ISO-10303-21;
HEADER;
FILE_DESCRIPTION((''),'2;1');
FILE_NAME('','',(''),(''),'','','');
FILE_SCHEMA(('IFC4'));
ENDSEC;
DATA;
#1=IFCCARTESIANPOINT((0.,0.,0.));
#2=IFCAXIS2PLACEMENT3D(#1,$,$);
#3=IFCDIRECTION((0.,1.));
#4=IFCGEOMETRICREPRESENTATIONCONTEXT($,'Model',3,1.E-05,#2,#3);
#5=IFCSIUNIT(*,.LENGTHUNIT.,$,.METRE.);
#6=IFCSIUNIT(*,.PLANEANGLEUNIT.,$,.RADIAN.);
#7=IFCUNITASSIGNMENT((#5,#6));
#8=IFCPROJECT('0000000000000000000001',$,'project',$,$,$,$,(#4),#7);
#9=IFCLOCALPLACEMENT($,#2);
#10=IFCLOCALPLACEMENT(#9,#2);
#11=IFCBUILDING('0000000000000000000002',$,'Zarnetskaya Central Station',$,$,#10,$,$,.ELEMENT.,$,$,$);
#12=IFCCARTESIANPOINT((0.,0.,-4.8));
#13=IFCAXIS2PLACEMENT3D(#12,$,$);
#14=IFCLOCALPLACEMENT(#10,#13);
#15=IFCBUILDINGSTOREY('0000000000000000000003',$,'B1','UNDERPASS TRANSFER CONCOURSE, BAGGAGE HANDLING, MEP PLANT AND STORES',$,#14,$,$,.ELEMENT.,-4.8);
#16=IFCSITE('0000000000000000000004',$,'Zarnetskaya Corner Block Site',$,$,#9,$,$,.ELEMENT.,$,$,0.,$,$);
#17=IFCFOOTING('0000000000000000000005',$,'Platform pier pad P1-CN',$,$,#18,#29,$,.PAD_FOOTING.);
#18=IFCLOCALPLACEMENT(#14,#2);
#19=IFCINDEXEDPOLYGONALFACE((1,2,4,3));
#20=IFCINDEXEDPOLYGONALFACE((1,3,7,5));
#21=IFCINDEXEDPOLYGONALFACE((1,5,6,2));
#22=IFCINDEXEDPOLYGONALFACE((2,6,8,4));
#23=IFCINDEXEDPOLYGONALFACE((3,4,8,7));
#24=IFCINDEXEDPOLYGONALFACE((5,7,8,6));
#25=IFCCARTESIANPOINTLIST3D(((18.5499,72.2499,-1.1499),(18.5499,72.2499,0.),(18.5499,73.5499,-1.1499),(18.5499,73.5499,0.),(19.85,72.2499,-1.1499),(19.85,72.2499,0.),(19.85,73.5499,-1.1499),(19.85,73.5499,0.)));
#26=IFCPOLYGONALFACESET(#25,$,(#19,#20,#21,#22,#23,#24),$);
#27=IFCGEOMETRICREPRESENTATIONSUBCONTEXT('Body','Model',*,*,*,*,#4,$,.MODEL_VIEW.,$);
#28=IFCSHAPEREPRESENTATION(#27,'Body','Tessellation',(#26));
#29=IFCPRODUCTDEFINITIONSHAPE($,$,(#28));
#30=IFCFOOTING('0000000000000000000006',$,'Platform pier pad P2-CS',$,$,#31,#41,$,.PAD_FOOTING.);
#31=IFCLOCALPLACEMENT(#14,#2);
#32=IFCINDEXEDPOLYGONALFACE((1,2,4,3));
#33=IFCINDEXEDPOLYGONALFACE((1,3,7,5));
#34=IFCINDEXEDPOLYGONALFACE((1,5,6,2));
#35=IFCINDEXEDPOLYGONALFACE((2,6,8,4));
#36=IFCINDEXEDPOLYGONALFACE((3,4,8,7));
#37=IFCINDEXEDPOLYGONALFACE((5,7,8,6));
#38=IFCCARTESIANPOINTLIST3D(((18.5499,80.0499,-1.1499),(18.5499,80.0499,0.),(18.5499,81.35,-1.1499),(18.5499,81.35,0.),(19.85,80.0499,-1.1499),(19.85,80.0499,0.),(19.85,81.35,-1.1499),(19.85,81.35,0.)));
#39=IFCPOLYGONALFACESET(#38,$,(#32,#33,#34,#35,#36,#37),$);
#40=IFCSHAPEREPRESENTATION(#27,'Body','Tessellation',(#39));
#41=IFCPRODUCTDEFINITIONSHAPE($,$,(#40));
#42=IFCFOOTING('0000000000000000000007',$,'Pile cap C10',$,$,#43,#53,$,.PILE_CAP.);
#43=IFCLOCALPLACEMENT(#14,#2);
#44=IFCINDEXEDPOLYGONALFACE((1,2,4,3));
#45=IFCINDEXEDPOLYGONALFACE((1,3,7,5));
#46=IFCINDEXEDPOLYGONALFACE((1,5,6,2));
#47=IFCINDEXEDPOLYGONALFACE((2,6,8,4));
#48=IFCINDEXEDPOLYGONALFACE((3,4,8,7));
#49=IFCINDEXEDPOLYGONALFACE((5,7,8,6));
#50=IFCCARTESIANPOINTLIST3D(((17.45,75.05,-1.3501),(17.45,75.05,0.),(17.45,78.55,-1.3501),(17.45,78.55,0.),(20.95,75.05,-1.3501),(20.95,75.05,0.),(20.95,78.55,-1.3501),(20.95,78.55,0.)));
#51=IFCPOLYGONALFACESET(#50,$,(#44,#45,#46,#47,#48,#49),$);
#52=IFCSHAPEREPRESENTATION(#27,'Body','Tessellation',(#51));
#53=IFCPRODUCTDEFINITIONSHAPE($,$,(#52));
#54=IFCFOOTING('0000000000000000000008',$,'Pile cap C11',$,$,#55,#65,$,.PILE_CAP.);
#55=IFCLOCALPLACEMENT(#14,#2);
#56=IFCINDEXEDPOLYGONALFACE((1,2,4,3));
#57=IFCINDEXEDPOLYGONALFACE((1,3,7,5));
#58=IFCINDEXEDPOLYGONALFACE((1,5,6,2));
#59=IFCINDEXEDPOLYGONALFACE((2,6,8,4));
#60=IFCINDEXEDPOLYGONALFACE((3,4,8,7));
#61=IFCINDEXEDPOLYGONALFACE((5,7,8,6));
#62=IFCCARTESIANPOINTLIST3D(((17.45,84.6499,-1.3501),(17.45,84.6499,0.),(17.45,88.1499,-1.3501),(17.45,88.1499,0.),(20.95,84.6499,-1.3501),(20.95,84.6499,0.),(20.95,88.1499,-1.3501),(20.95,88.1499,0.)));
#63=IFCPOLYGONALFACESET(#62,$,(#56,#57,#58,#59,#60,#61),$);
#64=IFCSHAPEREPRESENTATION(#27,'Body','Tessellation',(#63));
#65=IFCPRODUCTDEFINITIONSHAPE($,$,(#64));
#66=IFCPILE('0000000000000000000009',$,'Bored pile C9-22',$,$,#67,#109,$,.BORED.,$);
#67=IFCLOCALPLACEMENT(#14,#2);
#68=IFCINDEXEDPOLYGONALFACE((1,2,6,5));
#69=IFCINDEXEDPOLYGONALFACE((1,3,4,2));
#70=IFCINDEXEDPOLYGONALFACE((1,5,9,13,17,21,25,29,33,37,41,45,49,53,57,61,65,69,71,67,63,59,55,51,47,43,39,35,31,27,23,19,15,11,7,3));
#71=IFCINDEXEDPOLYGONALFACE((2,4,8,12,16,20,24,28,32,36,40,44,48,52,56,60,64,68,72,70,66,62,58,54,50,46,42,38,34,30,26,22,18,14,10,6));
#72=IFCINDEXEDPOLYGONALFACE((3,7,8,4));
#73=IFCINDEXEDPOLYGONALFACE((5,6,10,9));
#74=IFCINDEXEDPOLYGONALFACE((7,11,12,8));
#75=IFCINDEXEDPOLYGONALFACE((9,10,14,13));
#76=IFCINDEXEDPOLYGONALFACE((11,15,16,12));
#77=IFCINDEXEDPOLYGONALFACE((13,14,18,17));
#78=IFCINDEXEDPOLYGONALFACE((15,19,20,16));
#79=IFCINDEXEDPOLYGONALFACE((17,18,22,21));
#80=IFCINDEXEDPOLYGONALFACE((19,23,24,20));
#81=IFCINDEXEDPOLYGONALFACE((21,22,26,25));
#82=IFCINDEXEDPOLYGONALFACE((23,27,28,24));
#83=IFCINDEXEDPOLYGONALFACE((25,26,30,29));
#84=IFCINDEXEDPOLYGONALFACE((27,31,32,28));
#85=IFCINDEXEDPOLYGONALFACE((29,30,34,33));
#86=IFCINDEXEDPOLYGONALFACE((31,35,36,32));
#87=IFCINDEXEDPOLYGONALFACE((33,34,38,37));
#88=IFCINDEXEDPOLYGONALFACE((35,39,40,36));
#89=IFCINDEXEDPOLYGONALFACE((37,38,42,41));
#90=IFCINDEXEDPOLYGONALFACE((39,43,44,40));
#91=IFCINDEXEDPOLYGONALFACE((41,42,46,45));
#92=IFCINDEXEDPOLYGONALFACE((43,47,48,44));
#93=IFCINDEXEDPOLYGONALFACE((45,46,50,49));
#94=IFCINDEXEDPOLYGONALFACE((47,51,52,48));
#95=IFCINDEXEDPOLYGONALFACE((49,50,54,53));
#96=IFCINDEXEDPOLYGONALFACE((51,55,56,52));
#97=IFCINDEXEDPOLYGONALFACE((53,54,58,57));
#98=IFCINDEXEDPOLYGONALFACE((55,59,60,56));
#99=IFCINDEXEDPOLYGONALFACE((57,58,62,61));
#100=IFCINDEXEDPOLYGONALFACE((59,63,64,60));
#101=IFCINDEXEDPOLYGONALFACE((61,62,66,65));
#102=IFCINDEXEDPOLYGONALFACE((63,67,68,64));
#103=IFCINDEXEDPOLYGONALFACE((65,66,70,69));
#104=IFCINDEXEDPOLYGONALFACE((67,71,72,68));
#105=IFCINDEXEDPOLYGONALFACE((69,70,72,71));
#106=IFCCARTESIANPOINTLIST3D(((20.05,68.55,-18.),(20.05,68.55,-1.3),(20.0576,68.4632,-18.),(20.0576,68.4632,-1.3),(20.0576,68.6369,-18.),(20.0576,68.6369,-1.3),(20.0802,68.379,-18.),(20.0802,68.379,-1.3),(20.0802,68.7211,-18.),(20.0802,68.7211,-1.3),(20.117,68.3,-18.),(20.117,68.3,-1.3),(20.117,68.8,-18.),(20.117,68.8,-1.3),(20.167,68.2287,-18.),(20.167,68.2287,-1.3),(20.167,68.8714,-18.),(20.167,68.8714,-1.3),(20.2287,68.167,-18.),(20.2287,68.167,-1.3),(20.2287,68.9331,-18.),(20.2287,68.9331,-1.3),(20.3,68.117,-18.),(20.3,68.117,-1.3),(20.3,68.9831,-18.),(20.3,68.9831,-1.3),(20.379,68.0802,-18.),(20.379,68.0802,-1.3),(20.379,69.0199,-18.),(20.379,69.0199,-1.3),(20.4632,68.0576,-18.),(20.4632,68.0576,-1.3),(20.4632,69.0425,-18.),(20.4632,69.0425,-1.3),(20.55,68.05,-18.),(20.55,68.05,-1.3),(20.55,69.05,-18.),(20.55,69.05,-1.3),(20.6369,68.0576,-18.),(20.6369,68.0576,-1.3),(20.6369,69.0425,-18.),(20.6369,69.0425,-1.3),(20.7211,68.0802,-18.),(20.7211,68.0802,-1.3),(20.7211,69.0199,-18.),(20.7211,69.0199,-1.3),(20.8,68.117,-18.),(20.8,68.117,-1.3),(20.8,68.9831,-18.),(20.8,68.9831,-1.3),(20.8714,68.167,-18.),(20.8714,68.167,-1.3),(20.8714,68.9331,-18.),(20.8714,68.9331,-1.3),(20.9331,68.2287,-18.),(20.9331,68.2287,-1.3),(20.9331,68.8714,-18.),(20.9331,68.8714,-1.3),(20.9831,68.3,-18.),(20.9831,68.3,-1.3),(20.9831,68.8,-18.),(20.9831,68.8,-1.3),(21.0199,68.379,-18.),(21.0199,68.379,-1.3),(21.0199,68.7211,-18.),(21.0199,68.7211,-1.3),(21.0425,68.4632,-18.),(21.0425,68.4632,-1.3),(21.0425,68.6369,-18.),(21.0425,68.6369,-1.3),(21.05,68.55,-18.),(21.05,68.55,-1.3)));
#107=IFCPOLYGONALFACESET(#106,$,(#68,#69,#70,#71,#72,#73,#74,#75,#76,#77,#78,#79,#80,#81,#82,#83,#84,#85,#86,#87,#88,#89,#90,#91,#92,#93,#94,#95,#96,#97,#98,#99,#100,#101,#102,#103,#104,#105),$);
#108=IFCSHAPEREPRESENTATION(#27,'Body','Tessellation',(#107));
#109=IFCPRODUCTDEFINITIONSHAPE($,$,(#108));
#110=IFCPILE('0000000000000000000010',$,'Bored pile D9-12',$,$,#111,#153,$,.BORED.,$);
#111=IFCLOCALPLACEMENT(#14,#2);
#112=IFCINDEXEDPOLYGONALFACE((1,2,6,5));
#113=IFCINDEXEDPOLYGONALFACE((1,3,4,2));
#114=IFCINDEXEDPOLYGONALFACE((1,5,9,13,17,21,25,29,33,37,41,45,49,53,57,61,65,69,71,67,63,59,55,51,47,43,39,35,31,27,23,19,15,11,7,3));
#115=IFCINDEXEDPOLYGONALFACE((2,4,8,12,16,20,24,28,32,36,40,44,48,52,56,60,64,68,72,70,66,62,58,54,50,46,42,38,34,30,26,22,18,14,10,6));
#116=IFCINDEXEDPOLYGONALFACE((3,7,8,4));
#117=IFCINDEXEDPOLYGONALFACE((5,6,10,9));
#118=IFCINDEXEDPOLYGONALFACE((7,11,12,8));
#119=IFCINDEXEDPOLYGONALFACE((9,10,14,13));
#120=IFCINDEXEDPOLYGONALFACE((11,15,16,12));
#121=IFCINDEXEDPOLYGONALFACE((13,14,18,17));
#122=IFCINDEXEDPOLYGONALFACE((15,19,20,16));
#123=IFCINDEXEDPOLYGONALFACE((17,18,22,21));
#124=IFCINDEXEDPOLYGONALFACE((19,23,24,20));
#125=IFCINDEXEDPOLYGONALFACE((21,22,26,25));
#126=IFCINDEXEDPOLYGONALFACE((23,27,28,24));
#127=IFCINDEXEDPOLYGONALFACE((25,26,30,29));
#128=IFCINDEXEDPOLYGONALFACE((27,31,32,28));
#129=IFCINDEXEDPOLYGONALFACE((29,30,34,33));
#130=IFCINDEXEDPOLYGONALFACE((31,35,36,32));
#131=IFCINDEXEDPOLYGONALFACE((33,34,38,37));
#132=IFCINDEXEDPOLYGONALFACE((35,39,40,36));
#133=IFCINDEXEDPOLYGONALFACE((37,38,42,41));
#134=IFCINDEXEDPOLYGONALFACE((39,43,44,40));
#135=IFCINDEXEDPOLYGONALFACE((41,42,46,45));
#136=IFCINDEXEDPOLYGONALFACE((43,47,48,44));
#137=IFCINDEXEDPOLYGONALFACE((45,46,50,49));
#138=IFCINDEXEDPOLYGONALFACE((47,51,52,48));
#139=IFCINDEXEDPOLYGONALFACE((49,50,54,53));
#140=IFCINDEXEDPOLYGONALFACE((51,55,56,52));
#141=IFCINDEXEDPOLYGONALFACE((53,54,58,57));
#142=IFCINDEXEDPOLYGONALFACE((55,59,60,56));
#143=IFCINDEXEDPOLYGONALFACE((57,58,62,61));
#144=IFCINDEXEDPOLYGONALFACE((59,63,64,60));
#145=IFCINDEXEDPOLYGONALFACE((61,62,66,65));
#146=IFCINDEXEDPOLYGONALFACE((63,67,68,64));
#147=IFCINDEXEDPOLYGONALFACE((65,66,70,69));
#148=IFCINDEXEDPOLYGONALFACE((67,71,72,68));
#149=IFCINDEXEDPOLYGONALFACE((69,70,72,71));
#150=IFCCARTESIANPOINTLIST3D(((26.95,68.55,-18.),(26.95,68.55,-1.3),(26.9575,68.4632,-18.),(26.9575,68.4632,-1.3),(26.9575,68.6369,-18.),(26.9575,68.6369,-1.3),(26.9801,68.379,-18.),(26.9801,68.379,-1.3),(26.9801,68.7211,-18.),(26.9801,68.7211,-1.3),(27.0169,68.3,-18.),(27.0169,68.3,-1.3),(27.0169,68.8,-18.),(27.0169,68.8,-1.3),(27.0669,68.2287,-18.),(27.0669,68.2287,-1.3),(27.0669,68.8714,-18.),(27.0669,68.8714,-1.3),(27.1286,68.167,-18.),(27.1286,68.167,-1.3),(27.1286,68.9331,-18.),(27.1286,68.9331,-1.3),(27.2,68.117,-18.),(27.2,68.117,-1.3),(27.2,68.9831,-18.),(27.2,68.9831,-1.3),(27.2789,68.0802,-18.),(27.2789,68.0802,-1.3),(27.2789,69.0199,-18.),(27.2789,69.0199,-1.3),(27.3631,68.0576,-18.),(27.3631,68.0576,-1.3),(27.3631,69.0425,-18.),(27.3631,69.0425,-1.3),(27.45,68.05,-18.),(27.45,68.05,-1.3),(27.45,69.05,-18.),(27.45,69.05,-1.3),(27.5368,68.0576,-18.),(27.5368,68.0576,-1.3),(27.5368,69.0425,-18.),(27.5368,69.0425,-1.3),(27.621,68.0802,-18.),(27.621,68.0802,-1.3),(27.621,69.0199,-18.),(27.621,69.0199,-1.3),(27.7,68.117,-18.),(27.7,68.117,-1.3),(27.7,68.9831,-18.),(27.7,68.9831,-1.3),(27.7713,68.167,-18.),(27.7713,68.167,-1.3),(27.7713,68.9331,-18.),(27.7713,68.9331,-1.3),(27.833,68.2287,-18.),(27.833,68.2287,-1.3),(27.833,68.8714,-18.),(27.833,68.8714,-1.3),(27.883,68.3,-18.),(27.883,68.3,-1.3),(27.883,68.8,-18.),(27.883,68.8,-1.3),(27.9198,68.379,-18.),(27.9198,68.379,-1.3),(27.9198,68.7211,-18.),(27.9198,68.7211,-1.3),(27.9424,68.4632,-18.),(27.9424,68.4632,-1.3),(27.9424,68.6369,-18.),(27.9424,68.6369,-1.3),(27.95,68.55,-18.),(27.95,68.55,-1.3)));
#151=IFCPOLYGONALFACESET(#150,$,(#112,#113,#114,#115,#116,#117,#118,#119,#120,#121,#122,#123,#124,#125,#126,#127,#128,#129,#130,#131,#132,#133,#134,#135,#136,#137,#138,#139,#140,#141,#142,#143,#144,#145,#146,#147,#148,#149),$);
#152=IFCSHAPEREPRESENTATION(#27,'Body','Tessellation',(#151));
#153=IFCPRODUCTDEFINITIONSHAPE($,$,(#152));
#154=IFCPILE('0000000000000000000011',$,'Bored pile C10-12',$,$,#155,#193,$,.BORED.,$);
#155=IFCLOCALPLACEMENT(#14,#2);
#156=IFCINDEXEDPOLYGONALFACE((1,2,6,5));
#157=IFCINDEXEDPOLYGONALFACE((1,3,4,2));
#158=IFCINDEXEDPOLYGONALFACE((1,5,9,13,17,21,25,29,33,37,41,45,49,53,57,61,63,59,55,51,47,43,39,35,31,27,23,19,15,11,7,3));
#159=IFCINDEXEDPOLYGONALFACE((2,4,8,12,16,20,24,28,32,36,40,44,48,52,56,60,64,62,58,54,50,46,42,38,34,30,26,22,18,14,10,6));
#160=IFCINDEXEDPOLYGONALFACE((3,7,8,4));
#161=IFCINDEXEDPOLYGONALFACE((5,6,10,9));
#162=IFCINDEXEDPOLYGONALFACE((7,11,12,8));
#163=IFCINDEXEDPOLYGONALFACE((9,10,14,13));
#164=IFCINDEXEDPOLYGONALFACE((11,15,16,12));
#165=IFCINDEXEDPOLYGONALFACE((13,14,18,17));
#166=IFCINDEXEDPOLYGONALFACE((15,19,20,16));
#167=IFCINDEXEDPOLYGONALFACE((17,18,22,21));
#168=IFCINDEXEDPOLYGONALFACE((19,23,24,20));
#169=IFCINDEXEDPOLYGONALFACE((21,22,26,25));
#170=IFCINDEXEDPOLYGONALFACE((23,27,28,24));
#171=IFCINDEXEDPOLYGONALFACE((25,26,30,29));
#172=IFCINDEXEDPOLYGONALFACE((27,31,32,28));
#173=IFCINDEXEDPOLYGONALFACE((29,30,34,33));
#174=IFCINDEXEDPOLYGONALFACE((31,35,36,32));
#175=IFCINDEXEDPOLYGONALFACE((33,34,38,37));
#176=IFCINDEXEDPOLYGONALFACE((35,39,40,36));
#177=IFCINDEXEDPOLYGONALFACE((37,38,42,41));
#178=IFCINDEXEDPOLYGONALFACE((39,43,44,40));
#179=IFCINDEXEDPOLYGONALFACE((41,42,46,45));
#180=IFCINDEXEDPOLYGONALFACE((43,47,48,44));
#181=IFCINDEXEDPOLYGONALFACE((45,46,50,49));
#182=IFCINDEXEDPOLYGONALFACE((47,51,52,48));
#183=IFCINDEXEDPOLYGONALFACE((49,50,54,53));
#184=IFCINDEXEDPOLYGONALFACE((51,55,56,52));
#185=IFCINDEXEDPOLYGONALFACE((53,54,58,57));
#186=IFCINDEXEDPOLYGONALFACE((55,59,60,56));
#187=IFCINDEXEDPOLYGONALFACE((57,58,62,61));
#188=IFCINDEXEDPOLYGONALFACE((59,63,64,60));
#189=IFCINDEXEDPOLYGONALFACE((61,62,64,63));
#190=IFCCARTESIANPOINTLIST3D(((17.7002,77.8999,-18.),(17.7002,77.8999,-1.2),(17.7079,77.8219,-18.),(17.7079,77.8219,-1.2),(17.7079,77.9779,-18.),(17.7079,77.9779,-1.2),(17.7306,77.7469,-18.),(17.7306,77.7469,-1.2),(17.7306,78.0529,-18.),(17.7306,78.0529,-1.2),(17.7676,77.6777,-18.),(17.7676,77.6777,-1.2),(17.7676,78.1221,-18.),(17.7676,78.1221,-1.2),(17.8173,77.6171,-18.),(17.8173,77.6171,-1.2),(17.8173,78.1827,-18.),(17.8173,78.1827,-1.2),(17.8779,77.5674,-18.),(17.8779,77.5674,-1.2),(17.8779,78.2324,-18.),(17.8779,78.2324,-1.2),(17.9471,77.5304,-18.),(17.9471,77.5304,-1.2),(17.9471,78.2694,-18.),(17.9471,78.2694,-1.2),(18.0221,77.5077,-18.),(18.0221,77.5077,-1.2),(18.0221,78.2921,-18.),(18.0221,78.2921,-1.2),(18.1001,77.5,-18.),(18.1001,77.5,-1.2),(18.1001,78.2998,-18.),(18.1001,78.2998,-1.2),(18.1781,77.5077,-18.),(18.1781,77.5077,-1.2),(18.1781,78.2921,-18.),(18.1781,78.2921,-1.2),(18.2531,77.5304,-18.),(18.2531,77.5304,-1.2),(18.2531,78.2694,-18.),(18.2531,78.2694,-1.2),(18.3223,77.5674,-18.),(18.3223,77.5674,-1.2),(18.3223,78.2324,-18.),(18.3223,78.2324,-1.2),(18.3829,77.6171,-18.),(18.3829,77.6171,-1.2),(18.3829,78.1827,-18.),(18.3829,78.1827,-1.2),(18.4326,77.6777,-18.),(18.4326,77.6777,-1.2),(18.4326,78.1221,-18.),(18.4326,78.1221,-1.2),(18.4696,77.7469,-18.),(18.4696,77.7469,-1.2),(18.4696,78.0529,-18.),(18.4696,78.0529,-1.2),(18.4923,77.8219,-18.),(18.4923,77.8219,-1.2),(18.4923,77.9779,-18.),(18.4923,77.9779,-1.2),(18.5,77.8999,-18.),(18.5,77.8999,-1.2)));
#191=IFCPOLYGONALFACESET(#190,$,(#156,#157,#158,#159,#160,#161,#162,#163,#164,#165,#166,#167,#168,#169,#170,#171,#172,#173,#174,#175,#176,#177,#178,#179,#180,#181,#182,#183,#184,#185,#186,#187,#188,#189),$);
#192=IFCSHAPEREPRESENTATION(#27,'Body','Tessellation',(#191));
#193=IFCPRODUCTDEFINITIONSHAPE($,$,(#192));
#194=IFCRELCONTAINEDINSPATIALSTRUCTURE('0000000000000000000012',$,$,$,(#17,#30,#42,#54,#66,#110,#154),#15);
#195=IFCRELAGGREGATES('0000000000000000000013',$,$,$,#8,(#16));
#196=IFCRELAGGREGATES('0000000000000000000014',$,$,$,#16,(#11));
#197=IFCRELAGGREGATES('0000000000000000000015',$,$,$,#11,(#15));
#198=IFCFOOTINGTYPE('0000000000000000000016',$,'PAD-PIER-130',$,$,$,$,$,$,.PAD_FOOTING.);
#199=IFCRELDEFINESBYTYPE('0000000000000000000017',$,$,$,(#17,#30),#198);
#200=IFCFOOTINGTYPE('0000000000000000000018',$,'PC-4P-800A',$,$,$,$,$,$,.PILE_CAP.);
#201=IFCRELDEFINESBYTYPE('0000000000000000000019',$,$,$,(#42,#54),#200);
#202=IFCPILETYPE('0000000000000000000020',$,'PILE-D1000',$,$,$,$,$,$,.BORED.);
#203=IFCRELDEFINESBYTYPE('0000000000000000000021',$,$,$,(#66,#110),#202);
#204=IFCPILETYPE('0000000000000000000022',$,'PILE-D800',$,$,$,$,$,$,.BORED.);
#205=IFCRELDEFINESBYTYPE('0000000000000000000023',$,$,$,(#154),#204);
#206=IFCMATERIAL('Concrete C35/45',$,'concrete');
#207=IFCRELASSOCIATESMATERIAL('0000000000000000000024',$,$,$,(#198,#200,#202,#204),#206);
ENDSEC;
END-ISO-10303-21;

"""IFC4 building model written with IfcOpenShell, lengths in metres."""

from ifc_helpers import new_model, si_unit, direction, frame, origin, origin_2d, place, context, subcontext, project, spatial, rectangle, circle, extrude, material, material_profile, profile_set, type_object, element, save


model = new_model("IFC4")

# Units and contexts
model_context = context("Model", 3, precision=1e-05, world=origin(), true_north=direction((0.0, 1.0)))
body_context = subcontext(model_context, "Body", "Model", "MODEL_VIEW")
ifc_project = project(units=[si_unit("LENGTHUNIT", "METRE"), si_unit("PLANEANGLEUNIT", "RADIAN")], contexts=[model_context])

# Site, building, storey
site_placement = place(None, origin())
site = spatial("IfcSite", under=ifc_project, at=site_placement, Name="Zarnetskaya Corner Block Site", CompositionType="ELEMENT", RefElevation=0.0)
building_placement = place(site_placement, origin())
building = spatial("IfcBuilding", under=site, at=building_placement, Name="Zarnetskaya Central Station", CompositionType="ELEMENT")
storey_placement = place(building_placement, frame((0.0, 0.0, -4.8)))
storey = spatial("IfcBuildingStorey", under=building, at=storey_placement, Name="B1", Description="UNDERPASS TRANSFER CONCOURSE, BAGGAGE HANDLING, MEP PLANT AND STORES", CompositionType="ELEMENT", Elevation=-4.8)

# Footings
ifc_material = material(Name="Concrete C35/45", Category="concrete")
footing_type_1 = type_object("IfcFootingType", Name="PAD-PIER-130", PredefinedType="PAD_FOOTING", material=ifc_material)
for number, where, z_axis, x_axis, name in (
    (1, (19.2, 72.8999, -1.1499), (0.0, 0.0, 1.0), (1.0, 0.0, 0.0), "Platform pier pad P1-CN"),
    (2, (19.2, 80.7, -1.1499), (0.0, 0.0, 1.0), (1.0, 0.0, 0.0), "Platform pier pad P2-CS"),
):
    element("IfcFooting", number, at=place(storey_placement, frame(where, z_axis=z_axis, x_axis=x_axis)), inside=storey, type_object=footing_type_1, Name=name, PredefinedType="PAD_FOOTING", context=body_context, shape_type="SweptSolid", body=[
        extrude(rectangle(XDim=1.3, YDim=1.3, at=origin_2d()), origin(), (0.0, 0.0, 1.0), 1.1499),
    ])
footing_type_2 = type_object("IfcFootingType", Name="PC-4P-800A", PredefinedType="PILE_CAP", material=ifc_material)
for number, where, z_axis, x_axis, name in (
    (3, (19.2, 76.8, -1.3501), (0.0, 0.0, 1.0), (1.0, 0.0, 0.0), "Pile cap C10"),
    (4, (19.2, 86.3999, -1.3501), (0.0, 0.0, 1.0), (1.0, 0.0, 0.0), "Pile cap C11"),
):
    element("IfcFooting", number, at=place(storey_placement, frame(where, z_axis=z_axis, x_axis=x_axis)), inside=storey, type_object=footing_type_2, Name=name, PredefinedType="PILE_CAP", context=body_context, shape_type="SweptSolid", body=[
        extrude(rectangle(XDim=3.5, YDim=3.5, at=origin_2d()), origin(), (0.0, 0.0, 1.0), 1.3501),
    ])

# Piles
ifc_material_profile_1 = material_profile(ifc_material, circle(Radius=0.5, at=origin_2d()), Name="BORED PILE D1000")
ifc_profile_set_1 = profile_set([ifc_material_profile_1], Name="Concrete C35/45")
pile_type_1 = type_object("IfcPileType", Name="PILE-D1000", PredefinedType="BORED", material=ifc_profile_set_1)
for number, where, z_axis, x_axis, name in (
    (5, (20.55, 68.55, -1.3), (0.0, 0.0, -1.0), (1.0, 0.0, 0.0), "Bored pile C9-22"),
    (6, (27.45, 68.55, -1.3), (0.0, 0.0, -1.0), (1.0, 0.0, 0.0), "Bored pile D9-12"),
):
    element("IfcPile", number, at=place(storey_placement, frame(where, z_axis=z_axis, x_axis=x_axis)), inside=storey, type_object=pile_type_1, Name=name, PredefinedType="BORED", context=body_context, shape_type="SweptSolid", body=[
        extrude(circle(Radius=0.5, at=origin_2d()), origin(), (0.0, 0.0, 1.0), 16.7),
    ])
ifc_material_profile_2 = material_profile(ifc_material, circle(Radius=0.3999, at=origin_2d()), Name="BORED PILE D800")
ifc_profile_set_2 = profile_set([ifc_material_profile_2], Name="Concrete C35/45")
pile_type_2 = type_object("IfcPileType", Name="PILE-D800", PredefinedType="BORED", material=ifc_profile_set_2)
for number, where, z_axis, x_axis, name in (
    (7, (18.1001, 77.8999, -1.2), (0.0, 0.0, -1.0), (1.0, 0.0, 0.0), "Bored pile C10-12"),
):
    element("IfcPile", number, at=place(storey_placement, frame(where, z_axis=z_axis, x_axis=x_axis)), inside=storey, type_object=pile_type_2, Name=name, PredefinedType="BORED", context=body_context, shape_type="SweptSolid", body=[
        extrude(circle(Radius=0.3999, at=origin_2d()), origin(), (0.0, 0.0, 1.0), 16.8),
    ])

save(model, "model.ifc")
